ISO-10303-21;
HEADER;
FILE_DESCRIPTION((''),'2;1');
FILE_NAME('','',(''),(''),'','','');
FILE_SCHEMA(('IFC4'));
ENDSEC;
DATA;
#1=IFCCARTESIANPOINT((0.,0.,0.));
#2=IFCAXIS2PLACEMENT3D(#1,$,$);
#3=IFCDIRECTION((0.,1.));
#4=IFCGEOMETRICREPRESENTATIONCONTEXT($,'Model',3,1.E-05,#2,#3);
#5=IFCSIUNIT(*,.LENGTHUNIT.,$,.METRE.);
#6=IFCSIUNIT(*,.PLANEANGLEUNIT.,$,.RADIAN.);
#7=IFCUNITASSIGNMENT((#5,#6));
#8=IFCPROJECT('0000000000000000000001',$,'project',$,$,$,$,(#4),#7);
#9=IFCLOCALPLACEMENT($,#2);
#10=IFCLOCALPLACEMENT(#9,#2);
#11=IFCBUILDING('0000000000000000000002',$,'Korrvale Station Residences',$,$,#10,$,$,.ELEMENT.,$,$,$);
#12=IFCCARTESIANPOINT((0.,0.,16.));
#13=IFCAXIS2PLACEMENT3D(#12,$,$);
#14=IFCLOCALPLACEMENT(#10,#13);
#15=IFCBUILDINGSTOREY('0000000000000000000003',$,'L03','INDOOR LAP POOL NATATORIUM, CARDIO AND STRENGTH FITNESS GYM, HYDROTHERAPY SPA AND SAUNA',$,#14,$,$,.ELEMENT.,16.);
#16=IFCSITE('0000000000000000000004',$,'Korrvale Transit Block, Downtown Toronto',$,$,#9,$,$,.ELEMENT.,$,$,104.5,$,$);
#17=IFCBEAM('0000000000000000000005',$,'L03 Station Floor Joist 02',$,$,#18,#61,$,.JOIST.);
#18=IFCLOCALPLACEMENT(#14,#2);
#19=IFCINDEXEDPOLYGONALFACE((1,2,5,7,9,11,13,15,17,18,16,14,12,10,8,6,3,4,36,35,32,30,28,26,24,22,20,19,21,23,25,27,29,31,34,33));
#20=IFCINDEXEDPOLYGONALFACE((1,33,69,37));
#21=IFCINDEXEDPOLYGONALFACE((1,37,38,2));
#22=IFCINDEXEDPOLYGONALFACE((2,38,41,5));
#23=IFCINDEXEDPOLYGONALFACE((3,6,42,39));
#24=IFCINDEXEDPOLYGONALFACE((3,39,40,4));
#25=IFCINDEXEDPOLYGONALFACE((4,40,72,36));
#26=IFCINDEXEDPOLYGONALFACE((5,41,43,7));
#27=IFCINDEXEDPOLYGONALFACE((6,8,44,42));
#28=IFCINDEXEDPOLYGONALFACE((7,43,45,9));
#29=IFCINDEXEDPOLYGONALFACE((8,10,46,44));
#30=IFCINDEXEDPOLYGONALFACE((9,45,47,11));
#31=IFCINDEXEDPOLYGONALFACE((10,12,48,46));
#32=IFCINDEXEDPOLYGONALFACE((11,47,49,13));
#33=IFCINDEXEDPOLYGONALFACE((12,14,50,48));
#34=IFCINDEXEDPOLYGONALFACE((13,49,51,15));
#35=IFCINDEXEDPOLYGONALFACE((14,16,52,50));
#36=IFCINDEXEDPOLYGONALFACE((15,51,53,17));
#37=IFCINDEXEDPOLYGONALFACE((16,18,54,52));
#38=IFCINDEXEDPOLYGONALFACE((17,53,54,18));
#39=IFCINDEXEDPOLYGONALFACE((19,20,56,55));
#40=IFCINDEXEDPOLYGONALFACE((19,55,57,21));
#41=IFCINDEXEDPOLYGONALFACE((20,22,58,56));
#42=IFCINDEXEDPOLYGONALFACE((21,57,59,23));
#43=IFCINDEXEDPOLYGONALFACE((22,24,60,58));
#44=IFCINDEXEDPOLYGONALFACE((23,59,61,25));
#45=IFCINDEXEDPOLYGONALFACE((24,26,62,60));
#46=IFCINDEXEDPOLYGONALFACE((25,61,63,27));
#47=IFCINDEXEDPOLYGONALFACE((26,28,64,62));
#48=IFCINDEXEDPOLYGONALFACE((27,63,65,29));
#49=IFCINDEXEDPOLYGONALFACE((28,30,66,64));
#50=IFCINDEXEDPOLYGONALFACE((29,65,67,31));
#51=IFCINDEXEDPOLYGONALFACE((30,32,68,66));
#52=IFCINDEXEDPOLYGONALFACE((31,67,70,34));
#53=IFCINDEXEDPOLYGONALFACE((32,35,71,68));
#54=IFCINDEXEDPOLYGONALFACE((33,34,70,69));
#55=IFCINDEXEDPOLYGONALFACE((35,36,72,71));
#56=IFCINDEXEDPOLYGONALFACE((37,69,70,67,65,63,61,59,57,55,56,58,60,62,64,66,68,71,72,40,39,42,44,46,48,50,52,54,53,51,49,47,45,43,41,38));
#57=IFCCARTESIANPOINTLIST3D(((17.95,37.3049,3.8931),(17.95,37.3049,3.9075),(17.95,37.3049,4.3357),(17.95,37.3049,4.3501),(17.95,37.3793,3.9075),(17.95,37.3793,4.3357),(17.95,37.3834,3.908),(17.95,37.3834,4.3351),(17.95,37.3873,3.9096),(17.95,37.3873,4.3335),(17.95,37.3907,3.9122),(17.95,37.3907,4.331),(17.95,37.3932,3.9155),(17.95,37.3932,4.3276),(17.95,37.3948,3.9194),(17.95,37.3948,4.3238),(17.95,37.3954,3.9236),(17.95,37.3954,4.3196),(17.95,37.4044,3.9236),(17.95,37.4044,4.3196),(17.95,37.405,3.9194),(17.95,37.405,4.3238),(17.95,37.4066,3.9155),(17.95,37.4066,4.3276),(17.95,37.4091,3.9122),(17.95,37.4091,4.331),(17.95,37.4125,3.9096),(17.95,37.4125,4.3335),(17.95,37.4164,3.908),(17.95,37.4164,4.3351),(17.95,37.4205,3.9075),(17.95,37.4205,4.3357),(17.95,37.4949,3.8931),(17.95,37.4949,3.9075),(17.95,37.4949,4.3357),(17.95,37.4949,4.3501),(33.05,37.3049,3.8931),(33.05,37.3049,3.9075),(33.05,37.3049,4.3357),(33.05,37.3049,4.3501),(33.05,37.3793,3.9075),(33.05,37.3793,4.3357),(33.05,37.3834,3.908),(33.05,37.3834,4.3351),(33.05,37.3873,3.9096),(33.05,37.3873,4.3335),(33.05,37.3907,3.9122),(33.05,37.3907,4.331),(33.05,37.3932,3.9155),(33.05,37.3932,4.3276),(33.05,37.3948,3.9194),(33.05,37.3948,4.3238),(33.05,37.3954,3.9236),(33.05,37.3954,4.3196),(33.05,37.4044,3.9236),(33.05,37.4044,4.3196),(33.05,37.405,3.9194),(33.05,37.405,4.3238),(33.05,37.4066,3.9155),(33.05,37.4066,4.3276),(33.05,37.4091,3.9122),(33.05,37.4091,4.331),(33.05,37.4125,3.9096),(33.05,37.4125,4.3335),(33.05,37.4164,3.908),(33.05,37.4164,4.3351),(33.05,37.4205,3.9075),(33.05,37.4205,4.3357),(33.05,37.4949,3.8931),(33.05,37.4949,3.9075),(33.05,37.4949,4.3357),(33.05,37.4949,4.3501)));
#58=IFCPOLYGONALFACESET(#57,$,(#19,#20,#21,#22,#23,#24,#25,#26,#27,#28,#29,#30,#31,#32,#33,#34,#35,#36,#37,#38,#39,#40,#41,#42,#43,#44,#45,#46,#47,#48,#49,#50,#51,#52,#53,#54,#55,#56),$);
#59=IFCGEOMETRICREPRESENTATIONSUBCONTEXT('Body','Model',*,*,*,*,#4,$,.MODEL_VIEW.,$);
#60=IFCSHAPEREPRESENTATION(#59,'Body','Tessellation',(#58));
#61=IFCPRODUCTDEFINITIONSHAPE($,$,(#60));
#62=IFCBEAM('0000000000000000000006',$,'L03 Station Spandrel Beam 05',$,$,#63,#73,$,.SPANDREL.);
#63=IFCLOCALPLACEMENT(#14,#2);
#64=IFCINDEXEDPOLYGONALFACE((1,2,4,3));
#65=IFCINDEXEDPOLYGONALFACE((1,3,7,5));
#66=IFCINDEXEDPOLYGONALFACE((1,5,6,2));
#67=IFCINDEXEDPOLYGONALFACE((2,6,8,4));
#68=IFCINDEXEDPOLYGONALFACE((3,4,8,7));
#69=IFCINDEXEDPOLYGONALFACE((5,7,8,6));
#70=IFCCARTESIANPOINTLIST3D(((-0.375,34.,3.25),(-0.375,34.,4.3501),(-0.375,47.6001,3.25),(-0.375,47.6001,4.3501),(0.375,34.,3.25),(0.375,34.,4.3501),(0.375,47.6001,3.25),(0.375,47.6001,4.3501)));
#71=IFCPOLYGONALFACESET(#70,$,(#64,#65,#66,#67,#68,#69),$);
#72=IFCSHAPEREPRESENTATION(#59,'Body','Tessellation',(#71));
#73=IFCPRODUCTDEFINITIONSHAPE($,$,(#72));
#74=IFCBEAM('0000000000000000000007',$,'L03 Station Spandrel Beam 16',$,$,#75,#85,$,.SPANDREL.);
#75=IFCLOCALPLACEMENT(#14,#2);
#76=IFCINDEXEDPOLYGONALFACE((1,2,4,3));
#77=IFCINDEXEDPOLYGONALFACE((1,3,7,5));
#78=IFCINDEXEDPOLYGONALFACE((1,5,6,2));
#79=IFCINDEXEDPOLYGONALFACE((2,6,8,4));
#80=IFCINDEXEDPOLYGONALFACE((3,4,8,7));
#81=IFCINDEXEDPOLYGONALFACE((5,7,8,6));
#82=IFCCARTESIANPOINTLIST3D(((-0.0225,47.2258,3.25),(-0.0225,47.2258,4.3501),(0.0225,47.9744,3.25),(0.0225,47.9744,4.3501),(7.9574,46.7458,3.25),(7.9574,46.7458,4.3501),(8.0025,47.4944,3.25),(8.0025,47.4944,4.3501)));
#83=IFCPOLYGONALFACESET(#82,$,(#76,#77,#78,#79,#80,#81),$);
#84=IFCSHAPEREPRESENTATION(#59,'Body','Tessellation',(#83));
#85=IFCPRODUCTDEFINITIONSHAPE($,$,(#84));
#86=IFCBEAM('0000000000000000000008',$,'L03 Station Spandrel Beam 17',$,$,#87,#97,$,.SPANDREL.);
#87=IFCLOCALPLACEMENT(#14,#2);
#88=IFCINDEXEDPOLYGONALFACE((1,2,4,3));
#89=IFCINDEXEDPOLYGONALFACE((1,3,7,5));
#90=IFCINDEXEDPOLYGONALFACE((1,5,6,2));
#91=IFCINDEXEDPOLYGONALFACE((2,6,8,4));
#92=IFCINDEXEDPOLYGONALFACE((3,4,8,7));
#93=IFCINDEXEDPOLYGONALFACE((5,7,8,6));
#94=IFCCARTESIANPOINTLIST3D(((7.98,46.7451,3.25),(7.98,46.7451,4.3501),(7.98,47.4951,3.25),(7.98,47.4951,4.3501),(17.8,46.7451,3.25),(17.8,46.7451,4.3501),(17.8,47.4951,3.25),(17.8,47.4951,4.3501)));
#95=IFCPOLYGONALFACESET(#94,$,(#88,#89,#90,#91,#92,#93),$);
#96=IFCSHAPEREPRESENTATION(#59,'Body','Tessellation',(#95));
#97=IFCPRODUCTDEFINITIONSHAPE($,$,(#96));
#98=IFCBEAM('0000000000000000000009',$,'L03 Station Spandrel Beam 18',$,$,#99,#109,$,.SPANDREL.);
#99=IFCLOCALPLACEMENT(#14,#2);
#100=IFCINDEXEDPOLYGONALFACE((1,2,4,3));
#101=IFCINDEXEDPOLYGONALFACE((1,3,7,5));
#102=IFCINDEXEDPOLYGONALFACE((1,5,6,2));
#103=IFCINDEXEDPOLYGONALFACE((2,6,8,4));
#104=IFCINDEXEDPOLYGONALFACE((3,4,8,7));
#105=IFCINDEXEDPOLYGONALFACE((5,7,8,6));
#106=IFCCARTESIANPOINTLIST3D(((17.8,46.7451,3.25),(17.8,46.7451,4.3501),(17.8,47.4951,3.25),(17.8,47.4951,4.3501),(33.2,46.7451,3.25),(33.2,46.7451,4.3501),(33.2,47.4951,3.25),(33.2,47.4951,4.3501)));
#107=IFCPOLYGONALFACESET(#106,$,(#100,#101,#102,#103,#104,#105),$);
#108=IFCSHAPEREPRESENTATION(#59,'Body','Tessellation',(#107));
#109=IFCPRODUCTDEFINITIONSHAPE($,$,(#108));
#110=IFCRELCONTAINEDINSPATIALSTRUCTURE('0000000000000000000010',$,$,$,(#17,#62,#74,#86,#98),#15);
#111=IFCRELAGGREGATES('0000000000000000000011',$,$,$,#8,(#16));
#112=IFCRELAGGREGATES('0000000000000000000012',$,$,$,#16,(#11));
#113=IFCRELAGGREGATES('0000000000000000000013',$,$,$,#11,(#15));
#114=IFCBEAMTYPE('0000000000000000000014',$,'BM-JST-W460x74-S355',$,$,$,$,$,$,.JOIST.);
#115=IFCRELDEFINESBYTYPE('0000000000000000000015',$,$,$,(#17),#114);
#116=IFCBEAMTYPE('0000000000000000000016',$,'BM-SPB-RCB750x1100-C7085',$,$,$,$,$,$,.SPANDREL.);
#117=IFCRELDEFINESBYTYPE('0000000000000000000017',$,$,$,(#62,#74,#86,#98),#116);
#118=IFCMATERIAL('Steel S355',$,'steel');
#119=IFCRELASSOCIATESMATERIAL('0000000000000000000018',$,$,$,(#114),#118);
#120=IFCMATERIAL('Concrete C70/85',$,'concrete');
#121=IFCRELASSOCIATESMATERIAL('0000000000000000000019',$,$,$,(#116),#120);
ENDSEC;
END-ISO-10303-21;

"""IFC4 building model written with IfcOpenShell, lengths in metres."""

from ifc_helpers import new_model, si_unit, direction, frame, origin, origin_2d, place, context, subcontext, project, spatial, rectangle, i_section, extrude, material, material_profile, profile_set, type_object, element, save


model = new_model("IFC4")

# Units and contexts
model_context = context("Model", 3, precision=1e-05, world=origin(), true_north=direction((0.0, 1.0)))
body_context = subcontext(model_context, "Body", "Model", "MODEL_VIEW")
ifc_project = project(units=[si_unit("LENGTHUNIT", "METRE"), si_unit("PLANEANGLEUNIT", "RADIAN")], contexts=[model_context])

# Site, building, storey
site_placement = place(None, origin())
site = spatial("IfcSite", under=ifc_project, at=site_placement, Name="Korrvale Transit Block, Downtown Toronto", CompositionType="ELEMENT", RefElevation=104.5)
building_placement = place(site_placement, origin())
building = spatial("IfcBuilding", under=site, at=building_placement, Name="Korrvale Station Residences", CompositionType="ELEMENT")
storey_placement = place(building_placement, frame((0.0, 0.0, 16.0)))
storey = spatial("IfcBuildingStorey", under=building, at=storey_placement, Name="L03", Description="INDOOR LAP POOL NATATORIUM, CARDIO AND STRENGTH FITNESS GYM, HYDROTHERAPY SPA AND SAUNA", CompositionType="ELEMENT", Elevation=16.0)

# Shared definitions
ifc_material_1 = material(Name="Concrete C70/85", Category="concrete")

# Beams
ifc_material_2 = material(Name="Steel S355", Category="steel")
ifc_material_profile_1 = material_profile(ifc_material_2, i_section(OverallWidth=0.1899, OverallDepth=0.457, WebThickness=0.009, FlangeThickness=0.0144, FilletRadius=0.0161, at=origin_2d()), Name="W460x74")
ifc_profile_set_1 = profile_set([ifc_material_profile_1], Name="Steel S355")
beam_type_1 = type_object("IfcBeamType", Name="BM-JST-W460x74-S355", PredefinedType="JOIST", material=ifc_profile_set_1)
beam_1_placement = place(storey_placement, frame((17.95, 37.3999, 4.1216), z_axis=(1.0, 0.0, 0.0), x_axis=(0.0, 1.0, 0.0)))
element("IfcBeam", 1, at=beam_1_placement, inside=storey, type_object=beam_type_1, Name="L03 Station Floor Joist 02", PredefinedType="JOIST", context=body_context, shape_type="SweptSolid", body=[
    extrude(i_section(OverallWidth=0.1899, OverallDepth=0.457, WebThickness=0.009, FlangeThickness=0.0144, FilletRadius=0.0161, at=origin_2d()), origin(), (0.0, 0.0, 1.0), 15.1001),
])
ifc_material_profile_2 = material_profile(ifc_material_1, rectangle(XDim=0.75, YDim=1.1001, at=origin_2d()), Name="RCB750x1100")
ifc_profile_set_2 = profile_set([ifc_material_profile_2], Name="Concrete C70/85")
beam_type_2 = type_object("IfcBeamType", Name="BM-SPB-RCB750x1100-C7085", PredefinedType="SPANDREL", material=ifc_profile_set_2)
beam_2_placement = place(storey_placement, frame((0.0, 34.0, 3.8), z_axis=(0.0, 1.0, 0.0), x_axis=(-1.0, 0.0, 0.0)))
element("IfcBeam", 2, at=beam_2_placement, inside=storey, type_object=beam_type_2, Name="L03 Station Spandrel Beam 05", PredefinedType="SPANDREL", context=body_context, shape_type="SweptSolid", body=[
    extrude(rectangle(XDim=0.75, YDim=1.1001, at=origin_2d()), origin(), (0.0, 0.0, 1.0), 13.6001),
])
beam_3_placement = place(storey_placement, frame((0.0, 47.6001, 3.8), z_axis=(0.998196, -0.06004, 0.0), x_axis=(0.06004, 0.998196, 0.0)))
element("IfcBeam", 3, at=beam_3_placement, inside=storey, type_object=beam_type_2, Name="L03 Station Spandrel Beam 16", PredefinedType="SPANDREL", context=body_context, shape_type="SweptSolid", body=[
    extrude(rectangle(XDim=0.75, YDim=1.1001, at=origin_2d()), origin(), (0.0, 0.0, 1.0), 7.9944),
])
beam_4_placement = place(storey_placement, frame((7.98, 47.1201, 3.8), z_axis=(1.0, 0.0, 0.0), x_axis=(0.0, 1.0, 0.0)))
element("IfcBeam", 4, at=beam_4_placement, inside=storey, type_object=beam_type_2, Name="L03 Station Spandrel Beam 17", PredefinedType="SPANDREL", context=body_context, shape_type="SweptSolid", body=[
    extrude(rectangle(XDim=0.75, YDim=1.1001, at=origin_2d()), origin(), (0.0, 0.0, 1.0), 9.8201),
])
beam_5_placement = place(storey_placement, frame((17.8, 47.1201, 3.8), z_axis=(1.0, 0.0, 0.0), x_axis=(0.0, 1.0, 0.0)))
element("IfcBeam", 5, at=beam_5_placement, inside=storey, type_object=beam_type_2, Name="L03 Station Spandrel Beam 18", PredefinedType="SPANDREL", context=body_context, shape_type="SweptSolid", body=[
    extrude(rectangle(XDim=0.75, YDim=1.1001, at=origin_2d()), origin(), (0.0, 0.0, 1.0), 15.3999),
])

save(model, "model.ifc")
